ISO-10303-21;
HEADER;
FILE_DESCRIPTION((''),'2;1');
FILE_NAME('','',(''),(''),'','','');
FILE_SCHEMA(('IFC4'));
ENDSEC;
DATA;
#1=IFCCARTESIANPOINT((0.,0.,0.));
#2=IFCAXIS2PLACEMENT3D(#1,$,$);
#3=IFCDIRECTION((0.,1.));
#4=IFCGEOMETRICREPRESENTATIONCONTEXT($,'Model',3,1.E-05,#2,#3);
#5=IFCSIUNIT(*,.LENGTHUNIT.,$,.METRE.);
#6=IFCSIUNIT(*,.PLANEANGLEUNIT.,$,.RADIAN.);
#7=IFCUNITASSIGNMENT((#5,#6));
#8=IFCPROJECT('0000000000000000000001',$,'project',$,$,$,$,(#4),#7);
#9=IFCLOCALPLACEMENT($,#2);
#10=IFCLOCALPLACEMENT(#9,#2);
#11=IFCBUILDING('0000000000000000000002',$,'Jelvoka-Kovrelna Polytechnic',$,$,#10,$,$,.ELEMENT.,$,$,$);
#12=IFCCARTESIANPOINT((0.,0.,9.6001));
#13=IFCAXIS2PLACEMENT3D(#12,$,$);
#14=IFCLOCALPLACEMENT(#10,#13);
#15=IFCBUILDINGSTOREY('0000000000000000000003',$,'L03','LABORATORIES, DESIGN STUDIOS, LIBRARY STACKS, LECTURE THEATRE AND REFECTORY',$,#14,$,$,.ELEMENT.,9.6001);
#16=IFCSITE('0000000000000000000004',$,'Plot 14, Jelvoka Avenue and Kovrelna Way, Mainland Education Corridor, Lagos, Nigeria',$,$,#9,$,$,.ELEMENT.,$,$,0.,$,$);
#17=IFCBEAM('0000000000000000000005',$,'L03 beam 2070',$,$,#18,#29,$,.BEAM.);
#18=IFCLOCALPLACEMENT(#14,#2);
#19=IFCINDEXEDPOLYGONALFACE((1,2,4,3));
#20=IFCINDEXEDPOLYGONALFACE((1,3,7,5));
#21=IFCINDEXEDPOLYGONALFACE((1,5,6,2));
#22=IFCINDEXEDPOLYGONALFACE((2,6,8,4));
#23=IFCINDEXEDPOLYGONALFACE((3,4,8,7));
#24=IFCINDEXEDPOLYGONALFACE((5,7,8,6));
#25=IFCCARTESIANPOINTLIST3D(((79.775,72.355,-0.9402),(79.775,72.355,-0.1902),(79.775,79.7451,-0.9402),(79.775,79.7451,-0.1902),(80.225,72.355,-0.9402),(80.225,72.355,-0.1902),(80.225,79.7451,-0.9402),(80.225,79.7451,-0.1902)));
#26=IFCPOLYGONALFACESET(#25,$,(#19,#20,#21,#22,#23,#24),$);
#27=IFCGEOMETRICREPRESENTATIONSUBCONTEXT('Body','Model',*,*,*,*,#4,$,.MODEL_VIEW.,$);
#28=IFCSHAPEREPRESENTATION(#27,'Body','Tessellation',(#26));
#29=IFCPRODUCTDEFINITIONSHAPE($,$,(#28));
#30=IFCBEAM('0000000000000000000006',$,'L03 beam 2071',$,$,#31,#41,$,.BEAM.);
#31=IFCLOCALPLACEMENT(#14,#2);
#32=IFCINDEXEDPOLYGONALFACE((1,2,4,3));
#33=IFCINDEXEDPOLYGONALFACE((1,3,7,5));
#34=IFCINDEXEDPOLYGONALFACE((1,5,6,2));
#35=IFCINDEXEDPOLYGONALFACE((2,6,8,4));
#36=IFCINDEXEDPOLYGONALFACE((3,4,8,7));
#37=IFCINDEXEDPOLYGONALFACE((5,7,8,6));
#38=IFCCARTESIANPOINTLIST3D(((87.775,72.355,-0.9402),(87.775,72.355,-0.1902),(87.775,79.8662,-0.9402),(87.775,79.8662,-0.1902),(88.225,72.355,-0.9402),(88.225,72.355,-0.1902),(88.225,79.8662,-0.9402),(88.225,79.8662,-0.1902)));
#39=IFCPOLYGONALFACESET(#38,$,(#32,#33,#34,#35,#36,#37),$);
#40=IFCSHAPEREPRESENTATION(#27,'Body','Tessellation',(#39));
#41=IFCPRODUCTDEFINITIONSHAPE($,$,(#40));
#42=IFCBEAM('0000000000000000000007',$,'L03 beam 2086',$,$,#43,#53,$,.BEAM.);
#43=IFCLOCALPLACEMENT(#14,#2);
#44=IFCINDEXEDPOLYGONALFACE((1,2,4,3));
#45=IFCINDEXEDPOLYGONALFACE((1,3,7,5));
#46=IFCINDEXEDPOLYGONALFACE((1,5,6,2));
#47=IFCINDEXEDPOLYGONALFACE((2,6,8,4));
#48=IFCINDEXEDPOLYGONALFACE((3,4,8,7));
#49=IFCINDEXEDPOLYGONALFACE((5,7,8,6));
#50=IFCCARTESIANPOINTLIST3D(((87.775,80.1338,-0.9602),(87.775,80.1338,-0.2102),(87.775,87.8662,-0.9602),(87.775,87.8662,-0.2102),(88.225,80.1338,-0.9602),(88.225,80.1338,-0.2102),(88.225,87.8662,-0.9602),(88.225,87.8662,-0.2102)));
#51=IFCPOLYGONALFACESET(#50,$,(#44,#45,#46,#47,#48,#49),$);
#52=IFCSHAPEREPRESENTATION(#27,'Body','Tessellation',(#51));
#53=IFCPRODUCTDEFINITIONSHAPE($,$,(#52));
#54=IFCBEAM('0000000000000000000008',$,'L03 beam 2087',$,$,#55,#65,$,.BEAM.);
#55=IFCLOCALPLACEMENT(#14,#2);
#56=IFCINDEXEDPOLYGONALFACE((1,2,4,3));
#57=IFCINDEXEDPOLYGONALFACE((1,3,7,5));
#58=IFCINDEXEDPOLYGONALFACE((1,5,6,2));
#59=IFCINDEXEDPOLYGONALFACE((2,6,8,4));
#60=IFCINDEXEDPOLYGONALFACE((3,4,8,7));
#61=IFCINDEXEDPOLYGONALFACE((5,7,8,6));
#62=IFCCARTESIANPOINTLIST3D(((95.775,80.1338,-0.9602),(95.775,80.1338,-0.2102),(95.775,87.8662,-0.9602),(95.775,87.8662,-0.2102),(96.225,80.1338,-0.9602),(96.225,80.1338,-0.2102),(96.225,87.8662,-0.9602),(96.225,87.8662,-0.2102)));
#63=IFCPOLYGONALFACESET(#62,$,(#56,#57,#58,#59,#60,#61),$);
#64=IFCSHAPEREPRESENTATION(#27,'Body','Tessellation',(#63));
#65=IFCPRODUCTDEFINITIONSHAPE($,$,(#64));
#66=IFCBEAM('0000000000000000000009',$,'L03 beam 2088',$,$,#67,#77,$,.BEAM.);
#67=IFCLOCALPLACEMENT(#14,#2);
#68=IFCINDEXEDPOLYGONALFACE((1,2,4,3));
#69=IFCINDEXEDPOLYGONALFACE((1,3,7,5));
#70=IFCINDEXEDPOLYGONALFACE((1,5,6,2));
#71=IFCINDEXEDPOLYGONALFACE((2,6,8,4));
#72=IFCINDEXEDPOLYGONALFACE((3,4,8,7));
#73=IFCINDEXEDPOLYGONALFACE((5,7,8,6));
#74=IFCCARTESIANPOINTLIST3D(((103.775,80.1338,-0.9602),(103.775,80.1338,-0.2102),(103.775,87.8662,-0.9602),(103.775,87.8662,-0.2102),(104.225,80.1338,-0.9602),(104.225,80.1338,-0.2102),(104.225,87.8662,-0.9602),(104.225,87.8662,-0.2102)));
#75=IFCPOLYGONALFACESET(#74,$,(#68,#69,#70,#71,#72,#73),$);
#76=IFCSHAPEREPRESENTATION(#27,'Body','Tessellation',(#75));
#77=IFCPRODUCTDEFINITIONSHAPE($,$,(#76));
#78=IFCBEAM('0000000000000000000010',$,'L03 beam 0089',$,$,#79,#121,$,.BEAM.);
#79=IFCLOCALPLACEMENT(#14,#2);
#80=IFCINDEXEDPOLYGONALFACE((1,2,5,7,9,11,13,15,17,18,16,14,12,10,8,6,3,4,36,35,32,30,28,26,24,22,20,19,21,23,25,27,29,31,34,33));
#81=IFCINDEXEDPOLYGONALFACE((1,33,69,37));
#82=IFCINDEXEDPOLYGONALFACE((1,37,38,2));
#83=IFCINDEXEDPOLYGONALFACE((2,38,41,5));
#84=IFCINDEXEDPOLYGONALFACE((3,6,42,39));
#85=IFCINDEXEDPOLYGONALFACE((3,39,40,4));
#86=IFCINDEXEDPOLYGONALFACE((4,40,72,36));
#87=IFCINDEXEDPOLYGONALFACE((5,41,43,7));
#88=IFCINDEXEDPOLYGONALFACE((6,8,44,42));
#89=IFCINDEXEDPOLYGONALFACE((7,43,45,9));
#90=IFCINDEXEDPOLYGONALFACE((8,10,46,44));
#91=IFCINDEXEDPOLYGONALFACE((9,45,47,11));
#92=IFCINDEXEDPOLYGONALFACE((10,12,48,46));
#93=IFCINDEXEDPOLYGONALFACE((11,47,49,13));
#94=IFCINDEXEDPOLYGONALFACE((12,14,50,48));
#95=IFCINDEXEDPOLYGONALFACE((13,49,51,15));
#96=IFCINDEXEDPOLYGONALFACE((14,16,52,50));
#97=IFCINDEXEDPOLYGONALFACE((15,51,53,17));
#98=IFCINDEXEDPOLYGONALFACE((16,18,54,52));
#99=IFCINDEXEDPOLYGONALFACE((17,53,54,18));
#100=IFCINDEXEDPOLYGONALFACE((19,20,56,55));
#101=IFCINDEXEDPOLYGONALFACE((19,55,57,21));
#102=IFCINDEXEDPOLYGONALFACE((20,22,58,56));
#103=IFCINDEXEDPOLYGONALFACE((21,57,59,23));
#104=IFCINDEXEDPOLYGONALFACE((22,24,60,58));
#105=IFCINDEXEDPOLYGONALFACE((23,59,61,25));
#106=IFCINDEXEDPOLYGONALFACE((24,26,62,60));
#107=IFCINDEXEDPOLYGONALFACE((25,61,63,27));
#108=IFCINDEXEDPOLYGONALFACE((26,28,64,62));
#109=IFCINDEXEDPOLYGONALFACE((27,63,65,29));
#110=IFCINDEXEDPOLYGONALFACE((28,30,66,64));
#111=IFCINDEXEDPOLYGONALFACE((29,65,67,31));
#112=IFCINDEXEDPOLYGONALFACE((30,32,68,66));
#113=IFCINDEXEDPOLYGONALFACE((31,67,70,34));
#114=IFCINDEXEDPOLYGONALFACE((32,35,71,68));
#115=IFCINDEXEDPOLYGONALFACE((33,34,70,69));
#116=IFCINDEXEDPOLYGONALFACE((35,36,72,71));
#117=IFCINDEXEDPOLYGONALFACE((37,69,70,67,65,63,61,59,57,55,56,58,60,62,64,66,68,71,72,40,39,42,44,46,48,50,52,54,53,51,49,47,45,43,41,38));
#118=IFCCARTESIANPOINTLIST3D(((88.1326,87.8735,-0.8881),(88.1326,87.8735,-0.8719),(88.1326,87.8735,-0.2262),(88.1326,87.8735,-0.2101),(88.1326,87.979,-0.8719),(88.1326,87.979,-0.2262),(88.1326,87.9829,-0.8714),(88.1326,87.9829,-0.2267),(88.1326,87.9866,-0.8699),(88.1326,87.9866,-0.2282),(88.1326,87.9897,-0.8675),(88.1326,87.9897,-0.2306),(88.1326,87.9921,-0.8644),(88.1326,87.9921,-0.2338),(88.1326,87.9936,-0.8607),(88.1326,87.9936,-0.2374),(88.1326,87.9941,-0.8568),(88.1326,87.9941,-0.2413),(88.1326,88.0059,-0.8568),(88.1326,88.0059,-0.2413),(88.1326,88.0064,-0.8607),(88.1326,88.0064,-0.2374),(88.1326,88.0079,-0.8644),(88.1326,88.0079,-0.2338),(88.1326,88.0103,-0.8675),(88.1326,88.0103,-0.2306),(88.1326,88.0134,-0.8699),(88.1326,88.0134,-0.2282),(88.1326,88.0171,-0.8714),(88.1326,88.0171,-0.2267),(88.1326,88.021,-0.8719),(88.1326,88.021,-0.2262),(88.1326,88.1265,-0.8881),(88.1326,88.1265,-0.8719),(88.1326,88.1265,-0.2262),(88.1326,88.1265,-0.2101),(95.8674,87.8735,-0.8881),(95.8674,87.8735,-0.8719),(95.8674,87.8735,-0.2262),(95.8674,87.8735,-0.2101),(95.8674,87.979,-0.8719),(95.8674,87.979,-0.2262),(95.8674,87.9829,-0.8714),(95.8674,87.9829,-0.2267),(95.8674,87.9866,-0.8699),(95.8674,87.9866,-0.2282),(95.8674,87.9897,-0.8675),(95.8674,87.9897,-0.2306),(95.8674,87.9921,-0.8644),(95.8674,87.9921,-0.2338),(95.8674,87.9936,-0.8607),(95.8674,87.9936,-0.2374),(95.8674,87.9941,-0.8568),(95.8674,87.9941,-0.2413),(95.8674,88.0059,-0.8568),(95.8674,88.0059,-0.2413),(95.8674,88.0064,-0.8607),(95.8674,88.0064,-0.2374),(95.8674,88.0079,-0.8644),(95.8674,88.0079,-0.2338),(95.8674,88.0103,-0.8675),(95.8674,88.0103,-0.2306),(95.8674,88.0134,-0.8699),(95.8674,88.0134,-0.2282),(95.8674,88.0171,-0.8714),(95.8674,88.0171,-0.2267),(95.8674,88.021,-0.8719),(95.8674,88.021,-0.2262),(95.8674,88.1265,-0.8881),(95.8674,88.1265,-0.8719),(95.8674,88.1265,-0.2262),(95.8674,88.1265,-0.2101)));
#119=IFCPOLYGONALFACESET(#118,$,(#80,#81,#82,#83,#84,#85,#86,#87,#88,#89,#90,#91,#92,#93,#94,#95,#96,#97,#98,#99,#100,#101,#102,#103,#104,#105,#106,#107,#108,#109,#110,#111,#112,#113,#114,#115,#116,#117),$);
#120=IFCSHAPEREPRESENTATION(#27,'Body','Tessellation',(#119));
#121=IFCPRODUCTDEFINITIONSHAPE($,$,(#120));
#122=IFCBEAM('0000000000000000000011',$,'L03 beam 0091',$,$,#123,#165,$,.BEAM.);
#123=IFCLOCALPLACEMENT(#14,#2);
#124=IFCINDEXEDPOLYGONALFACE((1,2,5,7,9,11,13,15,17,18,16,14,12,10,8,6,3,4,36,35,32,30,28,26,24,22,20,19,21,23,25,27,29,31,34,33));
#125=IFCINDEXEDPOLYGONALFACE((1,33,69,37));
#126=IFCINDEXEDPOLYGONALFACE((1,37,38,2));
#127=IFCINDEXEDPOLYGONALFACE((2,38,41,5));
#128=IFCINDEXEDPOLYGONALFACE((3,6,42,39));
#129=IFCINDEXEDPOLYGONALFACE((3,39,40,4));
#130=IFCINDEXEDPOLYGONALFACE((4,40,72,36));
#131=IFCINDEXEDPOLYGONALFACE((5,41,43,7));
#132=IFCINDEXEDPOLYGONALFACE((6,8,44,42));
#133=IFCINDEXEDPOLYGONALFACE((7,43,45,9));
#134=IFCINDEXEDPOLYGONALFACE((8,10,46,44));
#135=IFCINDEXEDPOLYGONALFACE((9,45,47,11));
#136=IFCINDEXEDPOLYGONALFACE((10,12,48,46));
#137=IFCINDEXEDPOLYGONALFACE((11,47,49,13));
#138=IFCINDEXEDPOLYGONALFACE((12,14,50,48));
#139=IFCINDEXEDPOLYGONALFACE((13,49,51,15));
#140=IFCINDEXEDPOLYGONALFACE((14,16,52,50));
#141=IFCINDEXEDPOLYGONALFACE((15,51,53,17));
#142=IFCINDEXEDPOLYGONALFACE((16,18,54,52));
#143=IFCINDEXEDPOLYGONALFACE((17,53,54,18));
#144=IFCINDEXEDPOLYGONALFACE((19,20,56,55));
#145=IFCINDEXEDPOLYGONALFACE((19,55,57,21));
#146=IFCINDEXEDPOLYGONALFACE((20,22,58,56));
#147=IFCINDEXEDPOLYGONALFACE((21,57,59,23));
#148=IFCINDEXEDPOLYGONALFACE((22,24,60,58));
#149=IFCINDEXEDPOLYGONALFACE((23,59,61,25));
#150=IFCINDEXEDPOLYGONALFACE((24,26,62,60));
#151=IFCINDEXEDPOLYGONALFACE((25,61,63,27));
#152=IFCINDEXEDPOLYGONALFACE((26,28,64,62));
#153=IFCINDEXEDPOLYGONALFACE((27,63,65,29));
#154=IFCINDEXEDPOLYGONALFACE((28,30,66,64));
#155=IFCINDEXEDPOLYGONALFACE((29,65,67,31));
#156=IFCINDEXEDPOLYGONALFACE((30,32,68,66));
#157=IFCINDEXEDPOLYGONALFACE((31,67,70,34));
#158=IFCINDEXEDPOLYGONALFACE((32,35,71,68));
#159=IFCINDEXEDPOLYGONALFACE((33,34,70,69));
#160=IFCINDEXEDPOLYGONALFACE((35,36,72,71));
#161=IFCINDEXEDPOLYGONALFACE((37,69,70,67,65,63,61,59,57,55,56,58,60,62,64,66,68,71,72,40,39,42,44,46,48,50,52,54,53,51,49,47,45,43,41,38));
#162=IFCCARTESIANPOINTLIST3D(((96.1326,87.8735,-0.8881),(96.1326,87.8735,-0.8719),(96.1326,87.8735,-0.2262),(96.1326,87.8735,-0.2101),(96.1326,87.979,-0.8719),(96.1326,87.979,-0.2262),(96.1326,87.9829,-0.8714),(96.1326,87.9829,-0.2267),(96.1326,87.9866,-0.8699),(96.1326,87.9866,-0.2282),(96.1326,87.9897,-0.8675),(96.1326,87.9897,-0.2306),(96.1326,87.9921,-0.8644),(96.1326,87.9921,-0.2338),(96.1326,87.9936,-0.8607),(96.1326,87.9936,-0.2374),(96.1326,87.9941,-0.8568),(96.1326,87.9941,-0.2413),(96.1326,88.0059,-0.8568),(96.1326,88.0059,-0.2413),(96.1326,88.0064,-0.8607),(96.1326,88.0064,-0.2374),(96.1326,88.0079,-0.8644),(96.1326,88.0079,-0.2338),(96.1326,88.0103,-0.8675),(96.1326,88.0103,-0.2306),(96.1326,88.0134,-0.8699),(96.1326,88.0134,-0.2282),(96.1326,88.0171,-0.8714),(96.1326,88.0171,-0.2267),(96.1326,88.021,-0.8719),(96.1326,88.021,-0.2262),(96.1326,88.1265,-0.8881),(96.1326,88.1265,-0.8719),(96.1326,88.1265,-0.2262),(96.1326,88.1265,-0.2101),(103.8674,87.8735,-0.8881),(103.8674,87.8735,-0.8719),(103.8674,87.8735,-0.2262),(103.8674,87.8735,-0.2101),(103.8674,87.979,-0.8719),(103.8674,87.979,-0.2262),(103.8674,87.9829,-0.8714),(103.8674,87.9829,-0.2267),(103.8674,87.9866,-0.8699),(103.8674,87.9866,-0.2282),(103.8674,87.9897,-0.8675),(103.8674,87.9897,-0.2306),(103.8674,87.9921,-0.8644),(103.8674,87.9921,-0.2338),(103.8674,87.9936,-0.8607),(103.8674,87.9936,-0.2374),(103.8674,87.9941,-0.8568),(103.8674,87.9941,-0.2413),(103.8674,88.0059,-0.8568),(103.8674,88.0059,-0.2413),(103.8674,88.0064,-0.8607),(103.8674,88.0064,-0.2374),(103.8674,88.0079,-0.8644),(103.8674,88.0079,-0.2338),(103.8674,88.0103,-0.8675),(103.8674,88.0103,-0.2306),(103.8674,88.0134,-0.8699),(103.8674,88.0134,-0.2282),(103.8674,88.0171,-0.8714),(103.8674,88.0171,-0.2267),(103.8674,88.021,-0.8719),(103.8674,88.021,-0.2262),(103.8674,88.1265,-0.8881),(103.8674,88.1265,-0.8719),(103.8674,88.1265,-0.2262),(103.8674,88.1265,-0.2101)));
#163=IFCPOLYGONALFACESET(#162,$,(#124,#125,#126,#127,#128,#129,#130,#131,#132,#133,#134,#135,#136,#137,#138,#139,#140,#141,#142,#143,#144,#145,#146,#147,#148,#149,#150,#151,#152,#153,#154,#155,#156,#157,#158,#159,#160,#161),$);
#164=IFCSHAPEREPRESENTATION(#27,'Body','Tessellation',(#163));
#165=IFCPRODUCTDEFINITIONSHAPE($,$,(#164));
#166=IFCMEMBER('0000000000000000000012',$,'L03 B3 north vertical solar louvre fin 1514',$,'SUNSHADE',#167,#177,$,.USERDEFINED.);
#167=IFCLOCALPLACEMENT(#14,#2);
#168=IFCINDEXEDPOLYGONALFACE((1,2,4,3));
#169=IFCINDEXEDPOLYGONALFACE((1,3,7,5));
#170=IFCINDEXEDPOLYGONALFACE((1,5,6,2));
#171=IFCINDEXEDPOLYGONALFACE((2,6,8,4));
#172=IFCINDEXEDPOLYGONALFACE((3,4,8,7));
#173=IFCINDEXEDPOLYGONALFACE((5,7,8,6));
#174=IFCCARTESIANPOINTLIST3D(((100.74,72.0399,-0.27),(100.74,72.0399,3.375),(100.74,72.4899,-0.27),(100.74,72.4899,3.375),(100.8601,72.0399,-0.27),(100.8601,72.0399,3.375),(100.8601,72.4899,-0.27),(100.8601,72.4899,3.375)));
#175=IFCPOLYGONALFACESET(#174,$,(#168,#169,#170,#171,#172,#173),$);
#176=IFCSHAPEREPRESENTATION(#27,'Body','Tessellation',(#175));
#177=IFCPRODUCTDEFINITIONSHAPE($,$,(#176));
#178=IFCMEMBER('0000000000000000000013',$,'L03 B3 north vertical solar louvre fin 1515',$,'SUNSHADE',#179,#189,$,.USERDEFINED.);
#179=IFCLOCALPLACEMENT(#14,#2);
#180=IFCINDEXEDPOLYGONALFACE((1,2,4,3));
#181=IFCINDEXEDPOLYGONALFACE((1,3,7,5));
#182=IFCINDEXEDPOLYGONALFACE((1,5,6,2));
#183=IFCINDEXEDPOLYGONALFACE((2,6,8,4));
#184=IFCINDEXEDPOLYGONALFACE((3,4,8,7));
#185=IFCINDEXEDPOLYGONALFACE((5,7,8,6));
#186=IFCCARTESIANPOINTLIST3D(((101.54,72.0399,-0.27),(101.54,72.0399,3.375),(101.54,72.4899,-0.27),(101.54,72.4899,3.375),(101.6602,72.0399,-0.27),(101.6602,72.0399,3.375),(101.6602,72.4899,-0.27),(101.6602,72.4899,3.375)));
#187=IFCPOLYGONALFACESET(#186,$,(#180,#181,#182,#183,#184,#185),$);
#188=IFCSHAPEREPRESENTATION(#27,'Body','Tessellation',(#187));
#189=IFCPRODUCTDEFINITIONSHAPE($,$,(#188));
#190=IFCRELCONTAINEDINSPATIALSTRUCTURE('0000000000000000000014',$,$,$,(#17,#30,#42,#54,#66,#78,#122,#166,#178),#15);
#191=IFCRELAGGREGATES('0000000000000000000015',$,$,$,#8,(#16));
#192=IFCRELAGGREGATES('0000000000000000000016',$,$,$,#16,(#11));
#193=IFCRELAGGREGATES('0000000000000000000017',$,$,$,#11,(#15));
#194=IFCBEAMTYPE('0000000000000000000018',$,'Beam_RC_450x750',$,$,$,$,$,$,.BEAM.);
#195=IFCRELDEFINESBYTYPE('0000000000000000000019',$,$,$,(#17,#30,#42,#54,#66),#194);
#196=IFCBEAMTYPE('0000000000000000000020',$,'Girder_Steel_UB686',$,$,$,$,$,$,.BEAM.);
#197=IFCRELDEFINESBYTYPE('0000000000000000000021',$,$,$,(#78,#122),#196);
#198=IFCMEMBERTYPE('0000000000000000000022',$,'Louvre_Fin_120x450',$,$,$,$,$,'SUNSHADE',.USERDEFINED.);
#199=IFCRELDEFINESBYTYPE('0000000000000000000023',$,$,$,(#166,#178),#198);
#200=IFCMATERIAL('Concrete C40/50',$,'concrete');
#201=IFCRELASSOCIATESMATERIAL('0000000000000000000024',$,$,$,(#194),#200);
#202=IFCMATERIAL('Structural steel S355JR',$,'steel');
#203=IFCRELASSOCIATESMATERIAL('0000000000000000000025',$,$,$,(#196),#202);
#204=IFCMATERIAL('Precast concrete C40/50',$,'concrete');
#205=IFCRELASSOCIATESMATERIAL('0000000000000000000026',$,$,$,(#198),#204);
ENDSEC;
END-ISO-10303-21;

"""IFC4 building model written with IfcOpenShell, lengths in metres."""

from ifc_helpers import new_model, si_unit, direction, frame, origin, origin_2d, place, context, subcontext, project, spatial, rectangle, i_section, extrude, material, material_profile, profile_set, type_object, element, save


model = new_model("IFC4")

# Units and contexts
model_context = context("Model", 3, precision=1e-05, world=origin(), true_north=direction((0.0, 1.0)))
body_context = subcontext(model_context, "Body", "Model", "MODEL_VIEW")
ifc_project = project(units=[si_unit("LENGTHUNIT", "METRE"), si_unit("PLANEANGLEUNIT", "RADIAN")], contexts=[model_context])

# Site, building, storey
site_placement = place(None, origin())
site = spatial("IfcSite", under=ifc_project, at=site_placement, Name="Plot 14, Jelvoka Avenue and Kovrelna Way, Mainland Education Corridor, Lagos, Nigeria", CompositionType="ELEMENT", RefElevation=0.0)
building_placement = place(site_placement, origin())
building = spatial("IfcBuilding", under=site, at=building_placement, Name="Jelvoka-Kovrelna Polytechnic", CompositionType="ELEMENT")
storey_placement = place(building_placement, frame((0.0, 0.0, 9.6001)))
storey = spatial("IfcBuildingStorey", under=building, at=storey_placement, Name="L03", Description="LABORATORIES, DESIGN STUDIOS, LIBRARY STACKS, LECTURE THEATRE AND REFECTORY", CompositionType="ELEMENT", Elevation=9.6001)

# Beams
ifc_material_1 = material(Name="Concrete C40/50", Category="concrete")
ifc_material_profile_1 = material_profile(ifc_material_1, rectangle(XDim=0.45, YDim=0.75, at=origin_2d()), Name="RC 450x750")
ifc_profile_set_1 = profile_set([ifc_material_profile_1], Name="Concrete C40/50")
beam_type_1 = type_object("IfcBeamType", Name="Beam_RC_450x750", PredefinedType="BEAM", material=ifc_profile_set_1)
beam_1_placement = place(storey_placement, frame((80.0, 72.355, -0.5652), z_axis=(0.0, 1.0, 0.0), x_axis=(-1.0, 0.0, 0.0)))
element("IfcBeam", 1, at=beam_1_placement, inside=storey, type_object=beam_type_1, Name="L03 beam 2070", PredefinedType="BEAM", context=body_context, shape_type="SweptSolid", body=[
    extrude(rectangle(XDim=0.45, YDim=0.75, at=origin_2d()), origin(), (0.0, 0.0, 1.0), 7.3901),
])
beam_2_placement = place(storey_placement, frame((88.0, 72.355, -0.5652), z_axis=(0.0, 1.0, 0.0), x_axis=(-1.0, 0.0, 0.0)))
element("IfcBeam", 2, at=beam_2_placement, inside=storey, type_object=beam_type_1, Name="L03 beam 2071", PredefinedType="BEAM", context=body_context, shape_type="SweptSolid", body=[
    extrude(rectangle(XDim=0.45, YDim=0.75, at=origin_2d()), origin(), (0.0, 0.0, 1.0), 7.5112),
])
for number, where, z_axis, x_axis, name in (
    (3, (88.0, 80.1338, -0.5852), (0.0, 1.0, 0.0), (-1.0, 0.0, 0.0), "L03 beam 2086"),
    (4, (96.0, 80.1338, -0.5852), (0.0, 1.0, 0.0), (-1.0, 0.0, 0.0), "L03 beam 2087"),
    (5, (104.0, 80.1338, -0.5852), (0.0, 1.0, 0.0), (-1.0, 0.0, 0.0), "L03 beam 2088"),
):
    element("IfcBeam", number, at=place(storey_placement, frame(where, z_axis=z_axis, x_axis=x_axis)), inside=storey, type_object=beam_type_1, Name=name, PredefinedType="BEAM", context=body_context, shape_type="SweptSolid", body=[
        extrude(rectangle(XDim=0.45, YDim=0.75, at=origin_2d()), origin(), (0.0, 0.0, 1.0), 7.7324),
    ])
ifc_material_2 = material(Name="Structural steel S355JR", Category="steel")
ifc_material_profile_2 = material_profile(ifc_material_2, i_section(OverallWidth=0.2529, OverallDepth=0.678, WebThickness=0.0117, FlangeThickness=0.0161, FilletRadius=0.0151, at=origin_2d()), Name="686x254x125 UB")
ifc_profile_set_2 = profile_set([ifc_material_profile_2], Name="Structural steel S355JR")
beam_type_2 = type_object("IfcBeamType", Name="Girder_Steel_UB686", PredefinedType="BEAM", material=ifc_profile_set_2)
for number, where, z_axis, x_axis, name in (
    (6, (88.1326, 88.0, -0.5491), (1.0, 0.0, 0.0), (0.0, 1.0, 0.0), "L03 beam 0089"),
    (7, (96.1326, 88.0, -0.5491), (1.0, 0.0, 0.0), (0.0, 1.0, 0.0), "L03 beam 0091"),
):
    element("IfcBeam", number, at=place(storey_placement, frame(where, z_axis=z_axis, x_axis=x_axis)), inside=storey, type_object=beam_type_2, Name=name, PredefinedType="BEAM", context=body_context, shape_type="SweptSolid", body=[
        extrude(i_section(OverallWidth=0.2529, OverallDepth=0.678, WebThickness=0.0117, FlangeThickness=0.0161, FilletRadius=0.0151, at=origin_2d()), origin(), (0.0, 0.0, 1.0), 7.7349),
    ])

# Members
ifc_material_3 = material(Name="Precast concrete C40/50", Category="concrete")
ifc_material_profile_3 = material_profile(ifc_material_3, rectangle(XDim=0.1201, YDim=0.45, at=origin_2d()), Name="PC 120x450")
ifc_profile_set_3 = profile_set([ifc_material_profile_3], Name="Precast concrete C40/50")
member_type_1 = type_object("IfcMemberType", Name="Louvre_Fin_120x450", ElementType="SUNSHADE", PredefinedType="USERDEFINED", material=ifc_profile_set_3)
for number, where, z_axis, x_axis, name in (
    (8, (100.8, 72.2649, -0.27), (0.0, 0.0, 1.0), (1.0, 0.0, 0.0), "L03 B3 north vertical solar louvre fin 1514"),
    (9, (101.6001, 72.2649, -0.27), (0.0, 0.0, 1.0), (1.0, 0.0, 0.0), "L03 B3 north vertical solar louvre fin 1515"),
):
    element("IfcMember", number, at=place(storey_placement, frame(where, z_axis=z_axis, x_axis=x_axis)), inside=storey, type_object=member_type_1, Name=name, ObjectType="SUNSHADE", PredefinedType="USERDEFINED", context=body_context, shape_type="SweptSolid", body=[
        extrude(rectangle(XDim=0.1201, YDim=0.45, at=origin_2d()), origin(), (0.0, 0.0, 1.0), 3.645),
    ])

save(model, "model.ifc")
